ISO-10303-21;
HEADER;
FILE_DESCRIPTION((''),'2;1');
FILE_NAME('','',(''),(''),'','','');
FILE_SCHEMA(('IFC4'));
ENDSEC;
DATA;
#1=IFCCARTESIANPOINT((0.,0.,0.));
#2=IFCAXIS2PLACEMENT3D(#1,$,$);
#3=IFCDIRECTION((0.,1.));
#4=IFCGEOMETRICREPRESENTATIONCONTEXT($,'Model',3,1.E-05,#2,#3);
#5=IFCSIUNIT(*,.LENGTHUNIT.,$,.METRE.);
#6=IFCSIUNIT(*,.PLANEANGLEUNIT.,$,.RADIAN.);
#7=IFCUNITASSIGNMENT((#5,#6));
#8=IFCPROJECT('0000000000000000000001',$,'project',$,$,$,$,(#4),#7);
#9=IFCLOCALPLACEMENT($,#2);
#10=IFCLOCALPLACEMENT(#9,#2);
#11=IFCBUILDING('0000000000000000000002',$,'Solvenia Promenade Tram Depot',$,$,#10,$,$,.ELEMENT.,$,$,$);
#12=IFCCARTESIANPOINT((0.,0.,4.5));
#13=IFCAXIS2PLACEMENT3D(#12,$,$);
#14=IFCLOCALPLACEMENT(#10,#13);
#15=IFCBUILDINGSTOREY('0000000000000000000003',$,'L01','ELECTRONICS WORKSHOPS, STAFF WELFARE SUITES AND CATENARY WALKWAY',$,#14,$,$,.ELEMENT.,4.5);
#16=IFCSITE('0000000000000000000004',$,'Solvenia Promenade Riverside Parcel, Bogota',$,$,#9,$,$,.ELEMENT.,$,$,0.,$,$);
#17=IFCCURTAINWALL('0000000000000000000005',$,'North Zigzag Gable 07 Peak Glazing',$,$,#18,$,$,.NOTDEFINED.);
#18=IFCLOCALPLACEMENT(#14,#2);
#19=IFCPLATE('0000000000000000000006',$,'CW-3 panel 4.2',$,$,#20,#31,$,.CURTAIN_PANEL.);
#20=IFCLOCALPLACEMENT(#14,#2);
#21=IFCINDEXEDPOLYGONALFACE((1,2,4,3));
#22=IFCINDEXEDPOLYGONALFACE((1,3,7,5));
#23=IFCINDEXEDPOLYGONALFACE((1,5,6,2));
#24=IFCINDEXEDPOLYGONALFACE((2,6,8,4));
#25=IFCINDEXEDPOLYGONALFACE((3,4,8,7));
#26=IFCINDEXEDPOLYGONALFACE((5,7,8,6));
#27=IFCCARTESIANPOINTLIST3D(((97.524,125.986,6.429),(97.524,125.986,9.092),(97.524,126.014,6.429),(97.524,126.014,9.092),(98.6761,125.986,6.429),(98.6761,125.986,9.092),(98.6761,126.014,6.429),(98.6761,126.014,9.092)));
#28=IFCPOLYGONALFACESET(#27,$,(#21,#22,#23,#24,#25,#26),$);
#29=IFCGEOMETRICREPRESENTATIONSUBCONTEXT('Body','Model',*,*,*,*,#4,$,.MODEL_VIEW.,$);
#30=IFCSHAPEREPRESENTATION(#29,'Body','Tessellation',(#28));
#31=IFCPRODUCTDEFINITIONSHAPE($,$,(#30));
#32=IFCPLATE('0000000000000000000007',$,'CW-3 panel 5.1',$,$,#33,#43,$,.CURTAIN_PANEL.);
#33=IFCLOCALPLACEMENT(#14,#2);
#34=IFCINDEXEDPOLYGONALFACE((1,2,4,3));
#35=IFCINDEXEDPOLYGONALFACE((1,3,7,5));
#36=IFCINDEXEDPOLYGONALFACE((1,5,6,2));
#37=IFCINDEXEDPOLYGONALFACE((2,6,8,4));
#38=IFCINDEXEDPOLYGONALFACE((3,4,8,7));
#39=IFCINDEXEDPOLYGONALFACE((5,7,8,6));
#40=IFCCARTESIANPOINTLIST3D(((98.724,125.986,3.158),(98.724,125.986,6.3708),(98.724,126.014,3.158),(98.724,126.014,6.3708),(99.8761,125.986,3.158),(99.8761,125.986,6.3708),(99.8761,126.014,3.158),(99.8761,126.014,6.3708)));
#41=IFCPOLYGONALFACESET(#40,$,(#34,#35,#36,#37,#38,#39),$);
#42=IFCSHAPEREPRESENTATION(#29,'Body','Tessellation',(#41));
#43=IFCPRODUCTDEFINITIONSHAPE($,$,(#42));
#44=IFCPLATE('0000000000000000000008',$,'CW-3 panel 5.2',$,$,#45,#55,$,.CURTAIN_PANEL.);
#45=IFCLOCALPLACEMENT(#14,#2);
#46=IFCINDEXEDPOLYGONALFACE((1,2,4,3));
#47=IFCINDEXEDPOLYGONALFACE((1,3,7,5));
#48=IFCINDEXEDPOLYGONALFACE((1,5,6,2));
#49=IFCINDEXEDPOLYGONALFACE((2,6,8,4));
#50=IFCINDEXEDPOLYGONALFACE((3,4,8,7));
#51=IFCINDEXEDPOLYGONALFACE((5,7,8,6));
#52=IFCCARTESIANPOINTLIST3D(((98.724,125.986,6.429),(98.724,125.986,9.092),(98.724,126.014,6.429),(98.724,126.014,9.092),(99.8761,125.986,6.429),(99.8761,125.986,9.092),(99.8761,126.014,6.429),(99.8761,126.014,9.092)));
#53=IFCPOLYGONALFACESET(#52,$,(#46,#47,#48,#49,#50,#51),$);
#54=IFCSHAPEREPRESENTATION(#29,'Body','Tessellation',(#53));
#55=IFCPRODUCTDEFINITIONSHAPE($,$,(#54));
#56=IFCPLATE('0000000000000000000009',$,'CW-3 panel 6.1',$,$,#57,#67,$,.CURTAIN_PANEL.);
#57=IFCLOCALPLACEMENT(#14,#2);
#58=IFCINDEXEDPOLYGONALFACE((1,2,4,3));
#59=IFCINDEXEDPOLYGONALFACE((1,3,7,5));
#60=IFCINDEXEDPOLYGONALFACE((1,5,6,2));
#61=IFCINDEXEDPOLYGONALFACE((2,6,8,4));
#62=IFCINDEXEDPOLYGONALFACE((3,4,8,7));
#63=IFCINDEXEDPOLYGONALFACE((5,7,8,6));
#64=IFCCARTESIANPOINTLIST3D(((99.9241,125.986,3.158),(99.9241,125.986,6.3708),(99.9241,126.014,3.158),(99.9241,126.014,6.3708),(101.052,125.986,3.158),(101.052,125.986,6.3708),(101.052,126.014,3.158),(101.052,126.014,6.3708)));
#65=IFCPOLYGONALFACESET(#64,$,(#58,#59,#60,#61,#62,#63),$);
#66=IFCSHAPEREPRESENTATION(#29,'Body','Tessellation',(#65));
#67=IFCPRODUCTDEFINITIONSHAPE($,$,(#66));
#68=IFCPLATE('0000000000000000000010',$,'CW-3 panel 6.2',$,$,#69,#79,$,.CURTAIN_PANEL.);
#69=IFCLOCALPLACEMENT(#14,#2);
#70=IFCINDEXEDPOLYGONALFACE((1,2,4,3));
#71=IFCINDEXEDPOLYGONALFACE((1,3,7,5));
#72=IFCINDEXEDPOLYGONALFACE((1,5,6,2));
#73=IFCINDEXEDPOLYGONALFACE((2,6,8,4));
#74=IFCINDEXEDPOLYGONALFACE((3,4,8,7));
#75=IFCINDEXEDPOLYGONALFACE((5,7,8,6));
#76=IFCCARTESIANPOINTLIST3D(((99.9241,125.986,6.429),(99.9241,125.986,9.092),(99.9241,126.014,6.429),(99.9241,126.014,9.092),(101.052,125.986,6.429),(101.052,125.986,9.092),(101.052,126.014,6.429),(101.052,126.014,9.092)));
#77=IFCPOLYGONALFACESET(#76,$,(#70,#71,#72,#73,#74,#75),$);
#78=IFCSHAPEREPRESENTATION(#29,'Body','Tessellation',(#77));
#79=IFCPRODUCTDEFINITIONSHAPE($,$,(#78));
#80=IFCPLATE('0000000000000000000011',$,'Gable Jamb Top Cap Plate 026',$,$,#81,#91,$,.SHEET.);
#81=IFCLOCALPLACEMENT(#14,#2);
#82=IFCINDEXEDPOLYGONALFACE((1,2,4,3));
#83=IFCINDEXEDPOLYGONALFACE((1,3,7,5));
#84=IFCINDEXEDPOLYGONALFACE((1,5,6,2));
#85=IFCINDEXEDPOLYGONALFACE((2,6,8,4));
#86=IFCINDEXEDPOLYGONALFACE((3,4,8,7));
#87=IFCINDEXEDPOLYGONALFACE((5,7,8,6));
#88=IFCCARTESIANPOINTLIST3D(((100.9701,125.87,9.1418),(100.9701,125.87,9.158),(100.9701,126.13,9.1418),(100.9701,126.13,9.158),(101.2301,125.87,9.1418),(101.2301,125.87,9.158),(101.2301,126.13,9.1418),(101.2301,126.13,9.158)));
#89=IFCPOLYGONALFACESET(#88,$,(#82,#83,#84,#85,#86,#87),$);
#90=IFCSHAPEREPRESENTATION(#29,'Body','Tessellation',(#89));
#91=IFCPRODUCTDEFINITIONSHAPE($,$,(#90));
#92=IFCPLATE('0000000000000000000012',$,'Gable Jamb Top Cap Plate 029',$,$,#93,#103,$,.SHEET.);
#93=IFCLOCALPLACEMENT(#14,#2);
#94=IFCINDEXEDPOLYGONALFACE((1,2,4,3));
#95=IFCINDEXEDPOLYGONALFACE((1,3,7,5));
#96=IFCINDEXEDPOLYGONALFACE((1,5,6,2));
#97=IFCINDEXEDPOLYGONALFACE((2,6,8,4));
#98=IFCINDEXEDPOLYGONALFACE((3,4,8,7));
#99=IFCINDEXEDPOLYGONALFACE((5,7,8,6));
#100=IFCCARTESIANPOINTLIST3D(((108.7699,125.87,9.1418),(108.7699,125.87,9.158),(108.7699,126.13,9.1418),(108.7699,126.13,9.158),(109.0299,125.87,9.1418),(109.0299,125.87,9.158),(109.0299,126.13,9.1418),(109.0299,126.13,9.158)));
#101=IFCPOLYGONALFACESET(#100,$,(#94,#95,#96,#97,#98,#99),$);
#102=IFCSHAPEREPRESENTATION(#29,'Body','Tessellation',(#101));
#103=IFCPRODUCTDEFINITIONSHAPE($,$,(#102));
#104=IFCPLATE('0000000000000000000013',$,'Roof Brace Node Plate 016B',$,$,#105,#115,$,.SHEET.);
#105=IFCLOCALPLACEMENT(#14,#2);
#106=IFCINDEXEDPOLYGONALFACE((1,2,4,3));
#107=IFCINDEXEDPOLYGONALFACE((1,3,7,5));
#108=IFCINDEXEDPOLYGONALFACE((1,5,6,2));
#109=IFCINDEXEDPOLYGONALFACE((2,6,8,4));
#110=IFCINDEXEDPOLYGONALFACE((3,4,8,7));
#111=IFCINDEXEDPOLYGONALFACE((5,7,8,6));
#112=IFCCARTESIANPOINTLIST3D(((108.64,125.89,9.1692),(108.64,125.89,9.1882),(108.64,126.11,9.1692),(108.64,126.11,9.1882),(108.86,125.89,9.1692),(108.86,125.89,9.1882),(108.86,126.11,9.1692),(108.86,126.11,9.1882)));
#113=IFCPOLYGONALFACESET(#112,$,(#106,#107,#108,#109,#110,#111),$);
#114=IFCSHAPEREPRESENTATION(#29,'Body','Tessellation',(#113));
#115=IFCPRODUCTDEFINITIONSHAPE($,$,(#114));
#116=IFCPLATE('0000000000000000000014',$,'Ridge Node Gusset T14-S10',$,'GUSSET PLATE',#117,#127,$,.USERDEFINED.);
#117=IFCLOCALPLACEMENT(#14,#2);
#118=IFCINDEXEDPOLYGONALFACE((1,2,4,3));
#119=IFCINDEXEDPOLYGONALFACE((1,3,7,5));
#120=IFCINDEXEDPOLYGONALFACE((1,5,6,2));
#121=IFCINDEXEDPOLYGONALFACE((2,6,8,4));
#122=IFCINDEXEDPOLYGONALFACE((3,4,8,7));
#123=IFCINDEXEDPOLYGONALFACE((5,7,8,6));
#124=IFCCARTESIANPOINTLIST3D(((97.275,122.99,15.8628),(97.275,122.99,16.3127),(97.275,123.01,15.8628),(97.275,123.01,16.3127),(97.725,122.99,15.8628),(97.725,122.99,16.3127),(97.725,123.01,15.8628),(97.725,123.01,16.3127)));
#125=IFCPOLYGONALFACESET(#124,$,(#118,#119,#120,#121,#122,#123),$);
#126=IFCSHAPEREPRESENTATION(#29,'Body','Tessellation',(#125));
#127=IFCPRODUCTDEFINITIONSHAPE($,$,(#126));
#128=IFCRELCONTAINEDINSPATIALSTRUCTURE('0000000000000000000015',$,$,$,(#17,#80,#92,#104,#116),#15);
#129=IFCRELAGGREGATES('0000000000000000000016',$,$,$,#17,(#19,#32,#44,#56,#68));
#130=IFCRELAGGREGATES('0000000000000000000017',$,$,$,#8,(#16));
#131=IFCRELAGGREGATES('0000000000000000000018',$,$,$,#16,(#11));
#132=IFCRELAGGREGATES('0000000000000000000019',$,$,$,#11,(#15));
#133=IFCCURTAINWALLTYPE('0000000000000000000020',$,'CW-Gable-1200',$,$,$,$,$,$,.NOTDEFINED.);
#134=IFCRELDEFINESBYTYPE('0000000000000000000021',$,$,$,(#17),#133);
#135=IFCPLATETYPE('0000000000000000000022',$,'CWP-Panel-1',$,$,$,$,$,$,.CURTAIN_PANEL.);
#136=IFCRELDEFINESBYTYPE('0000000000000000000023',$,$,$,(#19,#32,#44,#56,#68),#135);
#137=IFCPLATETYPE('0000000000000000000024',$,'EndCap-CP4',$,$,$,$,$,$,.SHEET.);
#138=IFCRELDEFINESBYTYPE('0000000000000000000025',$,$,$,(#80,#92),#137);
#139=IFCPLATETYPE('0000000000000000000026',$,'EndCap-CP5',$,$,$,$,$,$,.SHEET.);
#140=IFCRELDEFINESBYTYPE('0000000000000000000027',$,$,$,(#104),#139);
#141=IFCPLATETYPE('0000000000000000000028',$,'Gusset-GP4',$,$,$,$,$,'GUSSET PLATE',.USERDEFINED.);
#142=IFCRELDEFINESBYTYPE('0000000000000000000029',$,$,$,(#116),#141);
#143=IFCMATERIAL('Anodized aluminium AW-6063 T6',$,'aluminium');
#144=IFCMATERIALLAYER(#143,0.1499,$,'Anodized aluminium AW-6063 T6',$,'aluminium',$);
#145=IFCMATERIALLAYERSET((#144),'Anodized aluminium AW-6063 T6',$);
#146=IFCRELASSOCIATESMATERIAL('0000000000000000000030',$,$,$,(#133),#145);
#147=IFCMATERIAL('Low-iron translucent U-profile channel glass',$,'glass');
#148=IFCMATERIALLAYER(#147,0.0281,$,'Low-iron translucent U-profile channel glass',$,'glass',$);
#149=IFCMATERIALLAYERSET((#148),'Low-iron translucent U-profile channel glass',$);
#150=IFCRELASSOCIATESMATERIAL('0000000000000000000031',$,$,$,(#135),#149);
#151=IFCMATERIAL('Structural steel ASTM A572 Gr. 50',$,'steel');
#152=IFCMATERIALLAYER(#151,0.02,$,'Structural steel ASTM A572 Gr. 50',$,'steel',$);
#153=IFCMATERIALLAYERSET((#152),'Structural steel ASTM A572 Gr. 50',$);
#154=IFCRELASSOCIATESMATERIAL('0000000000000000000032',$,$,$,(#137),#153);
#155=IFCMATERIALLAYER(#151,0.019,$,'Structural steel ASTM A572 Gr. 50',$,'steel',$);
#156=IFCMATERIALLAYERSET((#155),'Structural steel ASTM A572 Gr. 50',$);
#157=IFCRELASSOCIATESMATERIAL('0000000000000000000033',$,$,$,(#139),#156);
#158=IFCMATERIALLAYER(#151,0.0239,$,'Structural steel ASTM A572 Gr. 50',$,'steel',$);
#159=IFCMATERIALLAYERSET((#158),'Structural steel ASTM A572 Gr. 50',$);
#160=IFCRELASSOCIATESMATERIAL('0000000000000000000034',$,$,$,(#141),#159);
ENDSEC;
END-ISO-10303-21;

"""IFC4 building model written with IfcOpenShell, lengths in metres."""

from ifc_helpers import new_model, si_unit, direction, frame, origin, origin_2d, place, context, subcontext, project, spatial, rectangle, extrude, material, layer, layer_set, type_object, element, aggregate, save


model = new_model("IFC4")

# Units and contexts
model_context = context("Model", 3, precision=1e-05, world=origin(), true_north=direction((0.0, 1.0)))
body_context = subcontext(model_context, "Body", "Model", "MODEL_VIEW")
ifc_project = project(units=[si_unit("LENGTHUNIT", "METRE"), si_unit("PLANEANGLEUNIT", "RADIAN")], contexts=[model_context])

# Site, building, storey
site_placement = place(None, origin())
site = spatial("IfcSite", under=ifc_project, at=site_placement, Name="Solvenia Promenade Riverside Parcel, Bogota", CompositionType="ELEMENT", RefElevation=0.0)
building_placement = place(site_placement, origin())
building = spatial("IfcBuilding", under=site, at=building_placement, Name="Solvenia Promenade Tram Depot", CompositionType="ELEMENT")
storey_placement = place(building_placement, frame((0.0, 0.0, 4.5)))
storey = spatial("IfcBuildingStorey", under=building, at=storey_placement, Name="L01", Description="ELECTRONICS WORKSHOPS, STAFF WELFARE SUITES AND CATENARY WALKWAY", CompositionType="ELEMENT", Elevation=4.5)

# Curtain wall
ifc_material_1 = material(Name="Anodized aluminium AW-6063 T6", Category="aluminium")
ifc_layer_1 = layer(ifc_material_1, 0.1499, Name="Anodized aluminium AW-6063 T6", Category="aluminium")
ifc_layer_set_1 = layer_set([ifc_layer_1], Name="Anodized aluminium AW-6063 T6")
curtain_wall_type = type_object("IfcCurtainWallType", Name="CW-Gable-1200", PredefinedType="NOTDEFINED", material=ifc_layer_set_1)
curtain_wall_placement = place(storey_placement, origin())
curtain_wall = element("IfcCurtainWall", 1, at=curtain_wall_placement, inside=storey, type_object=curtain_wall_type, Name="North Zigzag Gable 07 Peak Glazing", PredefinedType="NOTDEFINED")

# Plates
ifc_material_2 = material(Name="Low-iron translucent U-profile channel glass", Category="glass")
ifc_layer_2 = layer(ifc_material_2, 0.0281, Name="Low-iron translucent U-profile channel glass", Category="glass")
ifc_layer_set_2 = layer_set([ifc_layer_2], Name="Low-iron translucent U-profile channel glass")
plate_type_1 = type_object("IfcPlateType", Name="CWP-Panel-1", PredefinedType="CURTAIN_PANEL", material=ifc_layer_set_2)
plate_1_placement = place(storey_placement, frame((98.1001, 126.0, 6.429), z_axis=(0.0, 0.0, 1.0), x_axis=(1.0, 0.0, 0.0)))
plate_1 = element("IfcPlate", 2, at=plate_1_placement, type_object=plate_type_1, Name="CW-3 panel 4.2", PredefinedType="CURTAIN_PANEL", context=body_context, shape_type="SweptSolid", body=[
    extrude(rectangle(XDim=1.1521, YDim=0.0281, at=origin_2d()), origin(), (0.0, 0.0, 1.0), 2.6631),
])
plate_2_placement = place(storey_placement, frame((99.3, 126.0, 3.158), z_axis=(0.0, 0.0, 1.0), x_axis=(1.0, 0.0, 0.0)))
plate_2 = element("IfcPlate", 3, at=plate_2_placement, type_object=plate_type_1, Name="CW-3 panel 5.1", PredefinedType="CURTAIN_PANEL", context=body_context, shape_type="SweptSolid", body=[
    extrude(rectangle(XDim=1.1521, YDim=0.0281, at=origin_2d()), origin(), (0.0, 0.0, 1.0), 3.2129),
])
plate_3_placement = place(storey_placement, frame((99.3, 126.0, 6.429), z_axis=(0.0, 0.0, 1.0), x_axis=(1.0, 0.0, 0.0)))
plate_3 = element("IfcPlate", 4, at=plate_3_placement, type_object=plate_type_1, Name="CW-3 panel 5.2", PredefinedType="CURTAIN_PANEL", context=body_context, shape_type="SweptSolid", body=[
    extrude(rectangle(XDim=1.1521, YDim=0.0281, at=origin_2d()), origin(), (0.0, 0.0, 1.0), 2.6631),
])
plate_4_placement = place(storey_placement, frame((100.488, 126.0, 3.158), z_axis=(0.0, 0.0, 1.0), x_axis=(1.0, 0.0, 0.0)))
plate_4 = element("IfcPlate", 5, at=plate_4_placement, type_object=plate_type_1, Name="CW-3 panel 6.1", PredefinedType="CURTAIN_PANEL", context=body_context, shape_type="SweptSolid", body=[
    extrude(rectangle(XDim=1.1279, YDim=0.0281, at=origin_2d()), origin(), (0.0, 0.0, 1.0), 3.2129),
])
plate_5_placement = place(storey_placement, frame((100.488, 126.0, 6.429), z_axis=(0.0, 0.0, 1.0), x_axis=(1.0, 0.0, 0.0)))
plate_5 = element("IfcPlate", 6, at=plate_5_placement, type_object=plate_type_1, Name="CW-3 panel 6.2", PredefinedType="CURTAIN_PANEL", context=body_context, shape_type="SweptSolid", body=[
    extrude(rectangle(XDim=1.1279, YDim=0.0281, at=origin_2d()), origin(), (0.0, 0.0, 1.0), 2.6631),
])
aggregate(curtain_wall, [plate_1, plate_2, plate_3, plate_4, plate_5])

# Plates
ifc_material_3 = material(Name="Structural steel ASTM A572 Gr. 50", Category="steel")
ifc_layer_3 = layer(ifc_material_3, 0.02, Name="Structural steel ASTM A572 Gr. 50", Category="steel")
ifc_layer_set_3 = layer_set([ifc_layer_3], Name="Structural steel ASTM A572 Gr. 50")
plate_type_2 = type_object("IfcPlateType", Name="EndCap-CP4", PredefinedType="SHEET", material=ifc_layer_set_3)
for number, where, z_axis, x_axis, name in (
    (7, (101.1001, 126.0, 9.1418), (0.0, 0.0, 1.0), (1.0, 0.0, 0.0), "Gable Jamb Top Cap Plate 026"),
    (8, (108.8999, 126.0, 9.1418), (0.0, 0.0, 1.0), (1.0, 0.0, 0.0), "Gable Jamb Top Cap Plate 029"),
):
    element("IfcPlate", number, at=place(storey_placement, frame(where, z_axis=z_axis, x_axis=x_axis)), inside=storey, type_object=plate_type_2, Name=name, PredefinedType="SHEET", context=body_context, shape_type="SweptSolid", body=[
        extrude(rectangle(XDim=0.26, YDim=0.26, at=origin_2d()), origin(), (0.0, 0.0, 1.0), 0.0161),
    ])
ifc_layer_4 = layer(ifc_material_3, 0.019, Name="Structural steel ASTM A572 Gr. 50", Category="steel")
ifc_layer_set_4 = layer_set([ifc_layer_4], Name="Structural steel ASTM A572 Gr. 50")
plate_type_3 = type_object("IfcPlateType", Name="EndCap-CP5", PredefinedType="SHEET", material=ifc_layer_set_4)
plate_6_placement = place(storey_placement, frame((108.75, 126.0, 9.1692), z_axis=(0.0, 0.0, 1.0), x_axis=(1.0, 0.0, 0.0)))
element("IfcPlate", 9, at=plate_6_placement, inside=storey, type_object=plate_type_3, Name="Roof Brace Node Plate 016B", PredefinedType="SHEET", context=body_context, shape_type="SweptSolid", body=[
    extrude(rectangle(XDim=0.22, YDim=0.22, at=origin_2d()), origin(), (0.0, 0.0, 1.0), 0.019),
])
ifc_layer_5 = layer(ifc_material_3, 0.0239, Name="Structural steel ASTM A572 Gr. 50", Category="steel")
ifc_layer_set_5 = layer_set([ifc_layer_5], Name="Structural steel ASTM A572 Gr. 50")
plate_type_4 = type_object("IfcPlateType", Name="Gusset-GP4", ElementType="GUSSET PLATE", PredefinedType="USERDEFINED", material=ifc_layer_set_5)
plate_7_placement = place(storey_placement, frame((97.5, 123.0, 15.8628), z_axis=(0.0, 0.0, 1.0), x_axis=(1.0, 0.0, 0.0)))
element("IfcPlate", 10, at=plate_7_placement, inside=storey, type_object=plate_type_4, Name="Ridge Node Gusset T14-S10", ObjectType="GUSSET PLATE", PredefinedType="USERDEFINED", context=body_context, shape_type="SweptSolid", body=[
    extrude(rectangle(XDim=0.45, YDim=0.02, at=origin_2d()), origin(), (0.0, 0.0, 1.0), 0.45),
])

save(model, "model.ifc")
